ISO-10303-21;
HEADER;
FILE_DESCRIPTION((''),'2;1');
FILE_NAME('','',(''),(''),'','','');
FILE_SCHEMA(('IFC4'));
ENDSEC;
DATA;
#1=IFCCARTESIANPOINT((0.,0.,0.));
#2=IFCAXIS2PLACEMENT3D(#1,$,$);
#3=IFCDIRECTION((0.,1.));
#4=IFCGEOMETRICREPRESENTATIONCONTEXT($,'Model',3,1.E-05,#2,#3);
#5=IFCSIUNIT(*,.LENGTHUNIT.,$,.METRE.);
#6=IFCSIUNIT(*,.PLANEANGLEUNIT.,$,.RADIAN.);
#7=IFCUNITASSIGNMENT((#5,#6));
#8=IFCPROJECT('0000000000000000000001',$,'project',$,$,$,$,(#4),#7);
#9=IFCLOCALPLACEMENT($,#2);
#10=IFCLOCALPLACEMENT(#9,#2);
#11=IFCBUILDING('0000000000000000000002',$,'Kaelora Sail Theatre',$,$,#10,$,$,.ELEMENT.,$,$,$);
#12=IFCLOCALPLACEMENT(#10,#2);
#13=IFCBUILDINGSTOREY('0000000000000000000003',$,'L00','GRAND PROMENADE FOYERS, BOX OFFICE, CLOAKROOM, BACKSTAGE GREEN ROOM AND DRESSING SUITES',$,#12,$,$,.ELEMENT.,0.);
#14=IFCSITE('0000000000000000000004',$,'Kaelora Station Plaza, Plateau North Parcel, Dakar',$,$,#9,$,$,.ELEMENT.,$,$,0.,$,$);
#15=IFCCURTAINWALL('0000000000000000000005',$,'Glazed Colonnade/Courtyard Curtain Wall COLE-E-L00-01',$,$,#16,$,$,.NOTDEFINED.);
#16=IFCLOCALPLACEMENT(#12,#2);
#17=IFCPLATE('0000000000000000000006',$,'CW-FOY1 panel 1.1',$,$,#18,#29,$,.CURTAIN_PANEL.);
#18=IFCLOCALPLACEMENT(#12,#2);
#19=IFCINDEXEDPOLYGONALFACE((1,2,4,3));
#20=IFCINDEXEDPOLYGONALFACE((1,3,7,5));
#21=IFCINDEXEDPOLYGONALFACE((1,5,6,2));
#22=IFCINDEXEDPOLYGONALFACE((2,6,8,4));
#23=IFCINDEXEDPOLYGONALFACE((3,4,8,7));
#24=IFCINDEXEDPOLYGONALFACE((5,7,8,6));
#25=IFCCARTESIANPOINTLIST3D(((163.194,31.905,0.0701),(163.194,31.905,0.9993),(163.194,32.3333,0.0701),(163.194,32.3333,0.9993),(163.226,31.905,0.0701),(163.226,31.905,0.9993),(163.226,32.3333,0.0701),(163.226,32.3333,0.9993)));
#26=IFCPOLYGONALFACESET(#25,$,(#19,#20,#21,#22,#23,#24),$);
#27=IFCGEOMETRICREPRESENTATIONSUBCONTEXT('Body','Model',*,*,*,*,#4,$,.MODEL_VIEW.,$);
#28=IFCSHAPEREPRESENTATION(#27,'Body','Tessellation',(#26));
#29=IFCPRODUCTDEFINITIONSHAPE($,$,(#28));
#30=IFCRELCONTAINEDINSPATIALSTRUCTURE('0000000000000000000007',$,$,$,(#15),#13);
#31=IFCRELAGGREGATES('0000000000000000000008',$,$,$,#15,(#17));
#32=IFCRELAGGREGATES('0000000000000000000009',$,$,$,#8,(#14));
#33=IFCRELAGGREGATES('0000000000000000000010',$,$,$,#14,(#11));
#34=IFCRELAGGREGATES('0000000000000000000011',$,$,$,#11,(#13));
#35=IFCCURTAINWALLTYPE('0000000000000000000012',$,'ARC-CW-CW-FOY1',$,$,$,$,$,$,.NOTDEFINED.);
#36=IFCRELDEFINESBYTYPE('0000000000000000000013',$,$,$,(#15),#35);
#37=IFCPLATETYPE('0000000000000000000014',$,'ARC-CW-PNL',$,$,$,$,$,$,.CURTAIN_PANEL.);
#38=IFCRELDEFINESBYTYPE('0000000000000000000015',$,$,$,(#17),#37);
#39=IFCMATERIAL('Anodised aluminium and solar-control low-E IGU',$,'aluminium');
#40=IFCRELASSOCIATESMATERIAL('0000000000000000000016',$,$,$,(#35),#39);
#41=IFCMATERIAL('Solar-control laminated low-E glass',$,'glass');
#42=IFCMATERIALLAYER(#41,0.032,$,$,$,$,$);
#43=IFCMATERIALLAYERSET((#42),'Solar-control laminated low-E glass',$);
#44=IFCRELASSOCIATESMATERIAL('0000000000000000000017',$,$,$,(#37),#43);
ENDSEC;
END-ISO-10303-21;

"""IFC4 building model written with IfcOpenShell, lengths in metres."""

from ifc_helpers import new_model, si_unit, direction, frame, origin, origin_2d, place, context, subcontext, project, spatial, rectangle, extrude, material, layer, layer_set, type_object, element, aggregate, save


model = new_model("IFC4")

# Units and contexts
model_context = context("Model", 3, precision=1e-05, world=origin(), true_north=direction((0.0, 1.0)))
body_context = subcontext(model_context, "Body", "Model", "MODEL_VIEW")
ifc_project = project(units=[si_unit("LENGTHUNIT", "METRE"), si_unit("PLANEANGLEUNIT", "RADIAN")], contexts=[model_context])

# Site, building, storey
site_placement = place(None, origin())
site = spatial("IfcSite", under=ifc_project, at=site_placement, Name="Kaelora Station Plaza, Plateau North Parcel, Dakar", CompositionType="ELEMENT", RefElevation=0.0)
building_placement = place(site_placement, origin())
building = spatial("IfcBuilding", under=site, at=building_placement, Name="Kaelora Sail Theatre", CompositionType="ELEMENT")
storey_placement = place(building_placement, origin())
storey = spatial("IfcBuildingStorey", under=building, at=storey_placement, Name="L00", Description="GRAND PROMENADE FOYERS, BOX OFFICE, CLOAKROOM, BACKSTAGE GREEN ROOM AND DRESSING SUITES", CompositionType="ELEMENT", Elevation=0.0)

# Curtain wall
ifc_material_1 = material(Name="Anodised aluminium and solar-control low-E IGU", Category="aluminium")
curtain_wall_type_1 = type_object("IfcCurtainWallType", Name="ARC-CW-CW-FOY1", PredefinedType="NOTDEFINED", material=ifc_material_1)
curtain_wall_1_placement = place(storey_placement, origin())
curtain_wall_1 = element("IfcCurtainWall", 1, at=curtain_wall_1_placement, inside=storey, type_object=curtain_wall_type_1, Name="Glazed Colonnade/Courtyard Curtain Wall COLE-E-L00-01", PredefinedType="NOTDEFINED")

# Plate
ifc_material_2 = material(Name="Solar-control laminated low-E glass", Category="glass")
ifc_layer = layer(ifc_material_2, 0.032)
ifc_layer_set = layer_set([ifc_layer], Name="Solar-control laminated low-E glass")
plate_type = type_object("IfcPlateType", Name="ARC-CW-PNL", PredefinedType="CURTAIN_PANEL", material=ifc_layer_set)
plate_1_placement = place(storey_placement, frame((163.21, 32.1191, 0.0701), z_axis=(0.0, 0.0, 1.0), x_axis=(0.0, 1.0, 0.0)))
plate_1 = element("IfcPlate", 2, at=plate_1_placement, type_object=plate_type, Name="CW-FOY1 panel 1.1", PredefinedType="CURTAIN_PANEL", context=body_context, shape_type="SweptSolid", body=[
    extrude(rectangle(XDim=0.4282, YDim=0.032, at=origin_2d()), origin(), (0.0, 0.0, 1.0), 0.9292),
])
aggregate(curtain_wall_1, [plate_1])

save(model, "model.ifc")
